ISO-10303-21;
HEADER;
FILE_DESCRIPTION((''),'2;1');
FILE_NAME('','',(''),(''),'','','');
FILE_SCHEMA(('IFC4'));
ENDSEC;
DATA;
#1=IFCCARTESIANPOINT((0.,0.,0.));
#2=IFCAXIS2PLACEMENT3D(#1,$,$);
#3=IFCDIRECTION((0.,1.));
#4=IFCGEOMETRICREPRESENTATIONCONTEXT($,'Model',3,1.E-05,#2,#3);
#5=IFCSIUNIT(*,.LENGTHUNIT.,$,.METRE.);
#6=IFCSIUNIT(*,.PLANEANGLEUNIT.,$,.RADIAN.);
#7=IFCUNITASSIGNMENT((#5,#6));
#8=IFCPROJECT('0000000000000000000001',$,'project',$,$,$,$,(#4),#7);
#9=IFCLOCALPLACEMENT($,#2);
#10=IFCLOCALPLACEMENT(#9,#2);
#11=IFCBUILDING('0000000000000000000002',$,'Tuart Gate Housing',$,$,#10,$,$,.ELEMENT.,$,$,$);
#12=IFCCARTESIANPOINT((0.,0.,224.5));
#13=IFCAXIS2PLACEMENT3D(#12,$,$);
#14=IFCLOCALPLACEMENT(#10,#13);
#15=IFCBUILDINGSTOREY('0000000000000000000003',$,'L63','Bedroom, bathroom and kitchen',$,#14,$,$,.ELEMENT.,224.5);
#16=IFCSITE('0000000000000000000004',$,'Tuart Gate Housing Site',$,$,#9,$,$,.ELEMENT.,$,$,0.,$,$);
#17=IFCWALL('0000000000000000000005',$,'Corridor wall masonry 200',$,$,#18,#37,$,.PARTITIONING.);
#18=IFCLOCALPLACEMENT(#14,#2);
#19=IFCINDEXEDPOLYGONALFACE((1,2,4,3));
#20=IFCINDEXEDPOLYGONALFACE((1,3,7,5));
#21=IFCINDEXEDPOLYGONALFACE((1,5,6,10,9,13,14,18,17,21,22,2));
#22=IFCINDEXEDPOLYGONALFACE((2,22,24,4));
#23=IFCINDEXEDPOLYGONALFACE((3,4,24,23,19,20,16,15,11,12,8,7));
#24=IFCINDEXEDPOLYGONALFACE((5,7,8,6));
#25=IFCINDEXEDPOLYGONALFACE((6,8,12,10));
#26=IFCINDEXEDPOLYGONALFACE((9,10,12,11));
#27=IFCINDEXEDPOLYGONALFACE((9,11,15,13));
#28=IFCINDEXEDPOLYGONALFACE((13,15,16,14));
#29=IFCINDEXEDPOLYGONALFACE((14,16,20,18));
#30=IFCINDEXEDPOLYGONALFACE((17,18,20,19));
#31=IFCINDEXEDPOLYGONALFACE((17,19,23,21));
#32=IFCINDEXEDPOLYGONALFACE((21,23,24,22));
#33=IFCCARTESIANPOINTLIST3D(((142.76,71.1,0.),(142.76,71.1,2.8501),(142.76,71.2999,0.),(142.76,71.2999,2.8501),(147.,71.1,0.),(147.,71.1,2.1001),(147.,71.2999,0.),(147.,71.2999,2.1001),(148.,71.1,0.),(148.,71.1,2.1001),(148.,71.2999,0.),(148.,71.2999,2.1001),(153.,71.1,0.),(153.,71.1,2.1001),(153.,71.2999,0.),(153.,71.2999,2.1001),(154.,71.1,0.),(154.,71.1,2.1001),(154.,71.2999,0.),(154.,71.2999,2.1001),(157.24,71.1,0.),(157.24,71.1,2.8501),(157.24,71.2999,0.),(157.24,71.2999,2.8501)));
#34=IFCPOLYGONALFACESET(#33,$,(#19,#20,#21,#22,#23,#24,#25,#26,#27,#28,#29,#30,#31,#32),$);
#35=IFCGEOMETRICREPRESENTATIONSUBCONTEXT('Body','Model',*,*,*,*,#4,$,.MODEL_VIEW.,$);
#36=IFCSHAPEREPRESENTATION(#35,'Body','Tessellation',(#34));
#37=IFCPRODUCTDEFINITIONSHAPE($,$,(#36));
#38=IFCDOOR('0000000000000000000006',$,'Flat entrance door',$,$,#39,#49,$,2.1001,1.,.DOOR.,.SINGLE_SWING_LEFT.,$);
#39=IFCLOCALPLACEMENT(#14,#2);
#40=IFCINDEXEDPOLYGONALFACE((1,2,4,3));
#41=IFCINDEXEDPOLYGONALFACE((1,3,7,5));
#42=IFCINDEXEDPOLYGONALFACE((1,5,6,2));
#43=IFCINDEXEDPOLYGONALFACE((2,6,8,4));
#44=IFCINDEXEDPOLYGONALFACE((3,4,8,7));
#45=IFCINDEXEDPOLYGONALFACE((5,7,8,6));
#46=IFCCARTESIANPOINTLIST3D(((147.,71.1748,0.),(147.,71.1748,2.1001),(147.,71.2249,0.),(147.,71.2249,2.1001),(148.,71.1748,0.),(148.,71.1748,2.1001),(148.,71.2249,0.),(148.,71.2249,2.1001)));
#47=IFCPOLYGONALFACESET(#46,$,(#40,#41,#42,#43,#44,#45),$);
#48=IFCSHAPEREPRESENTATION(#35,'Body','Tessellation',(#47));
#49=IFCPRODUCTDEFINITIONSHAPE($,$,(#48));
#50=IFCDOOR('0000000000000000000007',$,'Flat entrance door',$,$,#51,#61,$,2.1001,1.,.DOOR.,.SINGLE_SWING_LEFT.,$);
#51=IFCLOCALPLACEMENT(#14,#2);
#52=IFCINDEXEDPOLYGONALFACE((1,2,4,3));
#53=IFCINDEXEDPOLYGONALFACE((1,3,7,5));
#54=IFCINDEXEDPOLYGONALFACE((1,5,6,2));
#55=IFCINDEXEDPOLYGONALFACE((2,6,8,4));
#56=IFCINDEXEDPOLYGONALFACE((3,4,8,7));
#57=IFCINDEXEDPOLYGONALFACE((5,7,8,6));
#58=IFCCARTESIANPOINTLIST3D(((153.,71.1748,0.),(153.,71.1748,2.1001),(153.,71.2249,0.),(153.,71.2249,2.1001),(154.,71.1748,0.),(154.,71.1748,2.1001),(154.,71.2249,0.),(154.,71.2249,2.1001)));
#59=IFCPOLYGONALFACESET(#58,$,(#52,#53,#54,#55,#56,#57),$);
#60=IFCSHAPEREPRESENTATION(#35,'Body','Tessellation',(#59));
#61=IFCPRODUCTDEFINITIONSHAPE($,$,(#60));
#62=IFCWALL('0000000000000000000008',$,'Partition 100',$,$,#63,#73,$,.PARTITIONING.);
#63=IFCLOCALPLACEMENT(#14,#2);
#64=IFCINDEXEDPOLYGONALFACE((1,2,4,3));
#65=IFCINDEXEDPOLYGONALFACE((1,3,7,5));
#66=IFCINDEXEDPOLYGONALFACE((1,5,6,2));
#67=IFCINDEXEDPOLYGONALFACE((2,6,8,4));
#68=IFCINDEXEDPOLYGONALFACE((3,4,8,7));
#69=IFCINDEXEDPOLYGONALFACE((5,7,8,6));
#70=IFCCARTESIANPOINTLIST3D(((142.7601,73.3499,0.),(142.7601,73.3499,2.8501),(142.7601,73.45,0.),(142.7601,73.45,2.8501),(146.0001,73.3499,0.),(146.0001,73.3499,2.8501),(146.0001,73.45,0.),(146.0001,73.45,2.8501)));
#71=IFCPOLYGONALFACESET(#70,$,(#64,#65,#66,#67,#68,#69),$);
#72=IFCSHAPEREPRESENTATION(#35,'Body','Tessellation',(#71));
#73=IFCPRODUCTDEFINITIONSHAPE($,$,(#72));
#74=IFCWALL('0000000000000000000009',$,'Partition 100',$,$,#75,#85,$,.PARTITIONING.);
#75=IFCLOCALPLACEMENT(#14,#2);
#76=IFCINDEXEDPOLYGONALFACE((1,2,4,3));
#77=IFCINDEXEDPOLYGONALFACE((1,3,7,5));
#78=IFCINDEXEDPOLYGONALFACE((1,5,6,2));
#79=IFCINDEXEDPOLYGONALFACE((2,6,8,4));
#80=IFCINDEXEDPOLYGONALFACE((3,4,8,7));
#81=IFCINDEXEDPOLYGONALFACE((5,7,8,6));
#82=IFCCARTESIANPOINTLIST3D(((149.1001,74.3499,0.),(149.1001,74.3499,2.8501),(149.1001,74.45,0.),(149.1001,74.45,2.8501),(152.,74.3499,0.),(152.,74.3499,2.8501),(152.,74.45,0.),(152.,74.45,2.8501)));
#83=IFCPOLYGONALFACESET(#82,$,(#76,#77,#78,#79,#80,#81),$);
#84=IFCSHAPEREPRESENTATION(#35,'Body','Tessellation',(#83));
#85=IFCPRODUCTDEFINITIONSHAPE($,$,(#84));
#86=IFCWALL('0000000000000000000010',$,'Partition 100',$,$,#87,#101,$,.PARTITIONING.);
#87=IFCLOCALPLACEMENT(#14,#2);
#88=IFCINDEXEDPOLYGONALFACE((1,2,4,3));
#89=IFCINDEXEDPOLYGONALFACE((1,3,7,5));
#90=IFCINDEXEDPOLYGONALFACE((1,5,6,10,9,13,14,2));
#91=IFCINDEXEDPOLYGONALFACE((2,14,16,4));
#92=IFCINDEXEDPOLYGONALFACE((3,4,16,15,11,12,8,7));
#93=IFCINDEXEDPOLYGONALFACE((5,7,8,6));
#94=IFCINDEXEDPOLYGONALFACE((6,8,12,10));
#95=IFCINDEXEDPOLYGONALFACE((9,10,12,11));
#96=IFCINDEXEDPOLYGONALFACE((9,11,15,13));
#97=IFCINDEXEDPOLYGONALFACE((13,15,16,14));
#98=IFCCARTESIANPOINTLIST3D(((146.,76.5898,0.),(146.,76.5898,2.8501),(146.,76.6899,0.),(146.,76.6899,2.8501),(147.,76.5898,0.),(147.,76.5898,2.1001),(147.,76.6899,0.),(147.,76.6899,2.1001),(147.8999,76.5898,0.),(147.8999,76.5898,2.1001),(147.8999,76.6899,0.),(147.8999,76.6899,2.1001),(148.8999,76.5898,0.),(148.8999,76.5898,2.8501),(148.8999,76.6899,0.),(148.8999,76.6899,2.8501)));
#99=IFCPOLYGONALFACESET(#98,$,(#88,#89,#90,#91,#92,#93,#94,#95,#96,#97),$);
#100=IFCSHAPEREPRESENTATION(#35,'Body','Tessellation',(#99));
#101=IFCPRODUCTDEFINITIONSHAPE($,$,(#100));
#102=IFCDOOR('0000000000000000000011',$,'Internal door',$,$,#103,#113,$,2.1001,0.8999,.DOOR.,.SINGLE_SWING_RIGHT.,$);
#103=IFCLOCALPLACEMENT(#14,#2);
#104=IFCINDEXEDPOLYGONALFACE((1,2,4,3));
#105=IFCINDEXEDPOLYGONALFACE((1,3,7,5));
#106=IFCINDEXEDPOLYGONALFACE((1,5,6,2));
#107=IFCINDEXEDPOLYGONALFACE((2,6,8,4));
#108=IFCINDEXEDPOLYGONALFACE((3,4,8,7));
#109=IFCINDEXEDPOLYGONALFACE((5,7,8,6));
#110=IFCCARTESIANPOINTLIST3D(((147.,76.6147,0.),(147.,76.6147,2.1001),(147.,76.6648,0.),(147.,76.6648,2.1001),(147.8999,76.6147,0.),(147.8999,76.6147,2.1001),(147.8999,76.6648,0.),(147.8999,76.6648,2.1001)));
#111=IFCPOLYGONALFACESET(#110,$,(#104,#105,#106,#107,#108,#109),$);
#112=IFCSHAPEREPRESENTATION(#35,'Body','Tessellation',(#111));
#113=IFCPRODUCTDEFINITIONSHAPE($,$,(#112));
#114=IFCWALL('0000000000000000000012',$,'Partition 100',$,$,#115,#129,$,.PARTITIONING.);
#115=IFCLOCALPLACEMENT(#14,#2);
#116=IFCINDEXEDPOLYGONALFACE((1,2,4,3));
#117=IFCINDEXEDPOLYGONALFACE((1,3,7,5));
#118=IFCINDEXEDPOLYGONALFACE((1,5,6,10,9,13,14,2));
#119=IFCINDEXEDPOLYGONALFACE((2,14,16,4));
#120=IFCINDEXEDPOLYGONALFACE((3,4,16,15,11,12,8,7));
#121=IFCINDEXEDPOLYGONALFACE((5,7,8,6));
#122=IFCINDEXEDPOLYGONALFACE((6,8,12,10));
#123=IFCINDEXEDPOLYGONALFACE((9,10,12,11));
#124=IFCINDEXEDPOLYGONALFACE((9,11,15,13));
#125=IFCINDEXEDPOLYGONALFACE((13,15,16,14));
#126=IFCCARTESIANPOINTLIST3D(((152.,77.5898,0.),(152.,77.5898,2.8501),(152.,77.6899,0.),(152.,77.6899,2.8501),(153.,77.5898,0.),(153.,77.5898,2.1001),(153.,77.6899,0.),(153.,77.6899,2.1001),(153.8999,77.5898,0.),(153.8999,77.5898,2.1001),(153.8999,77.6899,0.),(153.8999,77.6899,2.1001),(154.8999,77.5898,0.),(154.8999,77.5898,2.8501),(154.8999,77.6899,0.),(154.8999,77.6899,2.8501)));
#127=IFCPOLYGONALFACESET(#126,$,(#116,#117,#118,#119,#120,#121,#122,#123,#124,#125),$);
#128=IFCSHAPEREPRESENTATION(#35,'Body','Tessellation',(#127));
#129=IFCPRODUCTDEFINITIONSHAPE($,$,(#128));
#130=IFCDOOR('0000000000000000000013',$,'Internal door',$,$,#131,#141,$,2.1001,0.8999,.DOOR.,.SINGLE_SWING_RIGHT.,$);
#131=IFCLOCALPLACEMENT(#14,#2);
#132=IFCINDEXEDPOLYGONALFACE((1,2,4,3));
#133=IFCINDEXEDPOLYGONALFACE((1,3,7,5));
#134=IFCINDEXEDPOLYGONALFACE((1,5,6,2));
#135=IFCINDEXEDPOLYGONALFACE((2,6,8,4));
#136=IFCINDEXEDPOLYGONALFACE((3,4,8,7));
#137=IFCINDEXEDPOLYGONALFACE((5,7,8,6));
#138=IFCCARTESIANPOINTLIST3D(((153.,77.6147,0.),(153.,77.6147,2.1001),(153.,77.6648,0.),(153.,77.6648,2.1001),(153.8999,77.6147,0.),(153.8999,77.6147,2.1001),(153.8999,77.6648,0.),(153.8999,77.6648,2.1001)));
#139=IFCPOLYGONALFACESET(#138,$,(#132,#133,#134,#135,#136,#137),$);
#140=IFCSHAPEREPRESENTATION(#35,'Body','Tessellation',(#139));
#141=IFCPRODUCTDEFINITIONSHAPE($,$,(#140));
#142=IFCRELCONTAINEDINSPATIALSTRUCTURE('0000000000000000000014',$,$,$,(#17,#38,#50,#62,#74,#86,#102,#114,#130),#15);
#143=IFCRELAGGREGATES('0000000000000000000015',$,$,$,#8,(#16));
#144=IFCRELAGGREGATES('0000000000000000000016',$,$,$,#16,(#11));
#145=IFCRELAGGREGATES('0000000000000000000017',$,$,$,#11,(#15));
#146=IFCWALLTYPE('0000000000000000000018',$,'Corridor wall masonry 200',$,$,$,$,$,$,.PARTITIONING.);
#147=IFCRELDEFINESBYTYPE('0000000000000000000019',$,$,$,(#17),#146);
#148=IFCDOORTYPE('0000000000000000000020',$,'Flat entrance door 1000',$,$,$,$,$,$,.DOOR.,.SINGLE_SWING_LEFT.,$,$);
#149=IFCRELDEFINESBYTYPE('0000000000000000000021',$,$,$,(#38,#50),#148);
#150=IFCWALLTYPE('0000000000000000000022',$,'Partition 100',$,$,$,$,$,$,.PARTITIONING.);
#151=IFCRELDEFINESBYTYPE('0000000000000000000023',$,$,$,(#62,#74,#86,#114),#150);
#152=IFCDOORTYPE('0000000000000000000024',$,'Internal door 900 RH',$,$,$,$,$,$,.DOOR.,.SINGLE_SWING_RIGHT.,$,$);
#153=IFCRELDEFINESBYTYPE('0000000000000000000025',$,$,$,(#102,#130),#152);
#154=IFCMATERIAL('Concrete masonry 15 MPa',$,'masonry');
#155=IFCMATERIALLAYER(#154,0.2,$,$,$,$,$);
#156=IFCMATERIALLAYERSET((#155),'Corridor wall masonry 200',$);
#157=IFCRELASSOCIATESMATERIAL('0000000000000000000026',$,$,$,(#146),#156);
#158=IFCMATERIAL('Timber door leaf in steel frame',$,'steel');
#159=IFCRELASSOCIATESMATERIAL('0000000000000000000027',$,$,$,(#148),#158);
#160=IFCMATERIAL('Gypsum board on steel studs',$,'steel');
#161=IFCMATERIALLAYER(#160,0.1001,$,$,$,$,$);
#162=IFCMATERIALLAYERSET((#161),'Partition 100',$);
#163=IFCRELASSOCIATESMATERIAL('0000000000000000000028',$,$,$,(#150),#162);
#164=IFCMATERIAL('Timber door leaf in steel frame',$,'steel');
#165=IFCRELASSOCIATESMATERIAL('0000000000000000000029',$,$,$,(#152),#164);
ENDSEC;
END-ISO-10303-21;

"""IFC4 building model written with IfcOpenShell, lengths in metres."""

from ifc_helpers import new_model, si_unit, direction, frame, frame_2d, origin, place, context, subcontext, project, spatial, rectangle, extrude, material, layer, layer_set, type_object, element, fill, save


model = new_model("IFC4")

# Units and contexts
model_context = context("Model", 3, precision=1e-05, world=origin(), true_north=direction((0.0, 1.0)))
body_context = subcontext(model_context, "Body", "Model", "MODEL_VIEW")
ifc_project = project(units=[si_unit("LENGTHUNIT", "METRE"), si_unit("PLANEANGLEUNIT", "RADIAN")], contexts=[model_context])

# Site, building, storey
site_placement = place(None, origin())
site = spatial("IfcSite", under=ifc_project, at=site_placement, Name="Tuart Gate Housing Site", CompositionType="ELEMENT", RefElevation=0.0)
building_placement = place(site_placement, origin())
building = spatial("IfcBuilding", under=site, at=building_placement, Name="Tuart Gate Housing", CompositionType="ELEMENT")
storey_placement = place(building_placement, frame((0.0, 0.0, 224.5)))
storey = spatial("IfcBuildingStorey", under=building, at=storey_placement, Name="L63", Description="Bedroom, bathroom and kitchen", CompositionType="ELEMENT", Elevation=224.5)

# Wall, openings, doors
ifc_material_1 = material(Name="Concrete masonry 15 MPa", Category="masonry")
ifc_layer_1 = layer(ifc_material_1, 0.2)
ifc_layer_set_1 = layer_set([ifc_layer_1], Name="Corridor wall masonry 200")
wall_type_1 = type_object("IfcWallType", Name="Corridor wall masonry 200", PredefinedType="PARTITIONING", material=ifc_layer_set_1)
wall_1_placement = place(storey_placement, frame((142.76, 71.2, 0.0), z_axis=(0.0, 0.0, 1.0), x_axis=(1.0, 0.0, 0.0)))
wall_1 = element("IfcWall", 1, at=wall_1_placement, inside=storey, type_object=wall_type_1, Name="Corridor wall masonry 200", PredefinedType="PARTITIONING", context=body_context, shape_type="SweptSolid", body=[
    extrude(rectangle(XDim=14.48, YDim=0.2, at=frame_2d((7.24, 0.0))), origin(), (0.0, 0.0, 1.0), 2.8501),
])
opening_1_placement = place(wall_1_placement, frame((4.24, 0.0, 0.0)))
opening_1 = element("IfcOpeningElement", 2, at=opening_1_placement, cuts=wall_1, PredefinedType="OPENING", context=body_context, shape_type="SweptSolid", body=[
    extrude(rectangle(XDim=1.0, YDim=2.1001, at=frame_2d((0.5, 1.05))), frame((0.0, 0.1099, 0.0), z_axis=(0.0, -1.0, 0.0), x_axis=(1.0, 0.0, 0.0)), (0.0, 0.0, 1.0), 0.22),
])
opening_2_placement = place(wall_1_placement, frame((10.24, 0.0, 0.0)))
opening_2 = element("IfcOpeningElement", 3, at=opening_2_placement, cuts=wall_1, PredefinedType="OPENING", context=body_context, shape_type="SweptSolid", body=[
    extrude(rectangle(XDim=1.0, YDim=2.1001, at=frame_2d((0.5, 1.05))), frame((0.0, 0.1099, 0.0), z_axis=(0.0, -1.0, 0.0), x_axis=(1.0, 0.0, 0.0)), (0.0, 0.0, 1.0), 0.22),
])
ifc_material_2 = material(Name="Timber door leaf in steel frame", Category="steel")
door_type_1 = type_object("IfcDoorType", Name="Flat entrance door 1000", OperationType="SINGLE_SWING_LEFT", PredefinedType="DOOR", material=ifc_material_2)
door_1_placement = place(opening_1_placement, origin())
door_1 = element("IfcDoor", 4, at=door_1_placement, inside=storey, type_object=door_type_1, Name="Flat entrance door", OperationType="SINGLE_SWING_LEFT", OverallHeight=2.1001, OverallWidth=1.0, PredefinedType="DOOR", context=body_context, shape_type="SweptSolid", body=[
    extrude(rectangle(XDim=1.0, YDim=2.1001, at=frame_2d((0.5, 1.05))), frame((0.0, 0.0249, 0.0), z_axis=(0.0, -1.0, 0.0), x_axis=(1.0, 0.0, 0.0)), (0.0, 0.0, 1.0), 0.05),
])
fill(opening_1, door_1)
door_2_placement = place(opening_2_placement, origin())
door_2 = element("IfcDoor", 5, at=door_2_placement, inside=storey, type_object=door_type_1, Name="Flat entrance door", OperationType="SINGLE_SWING_LEFT", OverallHeight=2.1001, OverallWidth=1.0, PredefinedType="DOOR", context=body_context, shape_type="SweptSolid", body=[
    extrude(rectangle(XDim=1.0, YDim=2.1001, at=frame_2d((0.5, 1.05))), frame((0.0, 0.0249, 0.0), z_axis=(0.0, -1.0, 0.0), x_axis=(1.0, 0.0, 0.0)), (0.0, 0.0, 1.0), 0.05),
])
fill(opening_2, door_2)

# Walls
ifc_material_3 = material(Name="Gypsum board on steel studs", Category="steel")
ifc_layer_2 = layer(ifc_material_3, 0.1001)
ifc_layer_set_2 = layer_set([ifc_layer_2], Name="Partition 100")
wall_type_2 = type_object("IfcWallType", Name="Partition 100", PredefinedType="PARTITIONING", material=ifc_layer_set_2)
wall_2_placement = place(storey_placement, frame((142.76, 73.3999, 0.0), z_axis=(0.0, 0.0, 1.0), x_axis=(1.0, 0.0, 0.0)))
element("IfcWall", 6, at=wall_2_placement, inside=storey, type_object=wall_type_2, Name="Partition 100", PredefinedType="PARTITIONING", context=body_context, shape_type="SweptSolid", body=[
    extrude(rectangle(XDim=3.24, YDim=0.1001, at=frame_2d((1.6201, 0.0))), origin(), (0.0, 0.0, 1.0), 2.8501),
])
wall_3_placement = place(storey_placement, frame((149.1001, 74.3999, 0.0), z_axis=(0.0, 0.0, 1.0), x_axis=(1.0, 0.0, 0.0)))
element("IfcWall", 7, at=wall_3_placement, inside=storey, type_object=wall_type_2, Name="Partition 100", PredefinedType="PARTITIONING", context=body_context, shape_type="SweptSolid", body=[
    extrude(rectangle(XDim=2.8999, YDim=0.1001, at=frame_2d((1.45, 0.0))), origin(), (0.0, 0.0, 1.0), 2.8501),
])

# Walls, openings, doors
wall_4_placement = place(storey_placement, frame((146.0, 76.6399, 0.0), z_axis=(0.0, 0.0, 1.0), x_axis=(1.0, 0.0, 0.0)))
wall_4 = element("IfcWall", 8, at=wall_4_placement, inside=storey, type_object=wall_type_2, Name="Partition 100", PredefinedType="PARTITIONING", context=body_context, shape_type="SweptSolid", body=[
    extrude(rectangle(XDim=2.8999, YDim=0.1001, at=frame_2d((1.45, 0.0))), origin(), (0.0, 0.0, 1.0), 2.8501),
])
opening_3_placement = place(wall_4_placement, frame((1.0, 0.0, 0.0)))
opening_3 = element("IfcOpeningElement", 9, at=opening_3_placement, cuts=wall_4, PredefinedType="OPENING", context=body_context, shape_type="SweptSolid", body=[
    extrude(rectangle(XDim=0.8999, YDim=2.1001, at=frame_2d((0.45, 1.05))), frame((0.0, 0.0601, 0.0), z_axis=(0.0, -1.0, 0.0), x_axis=(1.0, 0.0, 0.0)), (0.0, 0.0, 1.0), 0.1201),
])
ifc_material_4 = material(Name="Timber door leaf in steel frame", Category="steel")
door_type_2 = type_object("IfcDoorType", Name="Internal door 900 RH", OperationType="SINGLE_SWING_RIGHT", PredefinedType="DOOR", material=ifc_material_4)
door_3_placement = place(opening_3_placement, frame((0.8999, 0.0, 0.0), z_axis=(0.0, 0.0, 1.0), x_axis=(-1.0, 0.0, 0.0)))
door_3 = element("IfcDoor", 10, at=door_3_placement, inside=storey, type_object=door_type_2, Name="Internal door", OperationType="SINGLE_SWING_RIGHT", OverallHeight=2.1001, OverallWidth=0.8999, PredefinedType="DOOR", context=body_context, shape_type="SweptSolid", body=[
    extrude(rectangle(XDim=0.8999, YDim=2.1001, at=frame_2d((0.45, 1.05))), frame((0.0, 0.0251, 0.0), z_axis=(0.0, -1.0, 0.0), x_axis=(1.0, 0.0, 0.0)), (0.0, 0.0, 1.0), 0.05),
])
fill(opening_3, door_3)
wall_5_placement = place(storey_placement, frame((152.0, 77.6399, 0.0), z_axis=(0.0, 0.0, 1.0), x_axis=(1.0, 0.0, 0.0)))
wall_5 = element("IfcWall", 11, at=wall_5_placement, inside=storey, type_object=wall_type_2, Name="Partition 100", PredefinedType="PARTITIONING", context=body_context, shape_type="SweptSolid", body=[
    extrude(rectangle(XDim=2.8999, YDim=0.1001, at=frame_2d((1.45, 0.0))), origin(), (0.0, 0.0, 1.0), 2.8501),
])
opening_4_placement = place(wall_5_placement, frame((1.0, 0.0, 0.0)))
opening_4 = element("IfcOpeningElement", 12, at=opening_4_placement, cuts=wall_5, PredefinedType="OPENING", context=body_context, shape_type="SweptSolid", body=[
    extrude(rectangle(XDim=0.8999, YDim=2.1001, at=frame_2d((0.45, 1.05))), frame((0.0, 0.0601, 0.0), z_axis=(0.0, -1.0, 0.0), x_axis=(1.0, 0.0, 0.0)), (0.0, 0.0, 1.0), 0.1201),
])
door_4_placement = place(opening_4_placement, frame((0.8999, 0.0, 0.0), z_axis=(0.0, 0.0, 1.0), x_axis=(-1.0, 0.0, 0.0)))
door_4 = element("IfcDoor", 13, at=door_4_placement, inside=storey, type_object=door_type_2, Name="Internal door", OperationType="SINGLE_SWING_RIGHT", OverallHeight=2.1001, OverallWidth=0.8999, PredefinedType="DOOR", context=body_context, shape_type="SweptSolid", body=[
    extrude(rectangle(XDim=0.8999, YDim=2.1001, at=frame_2d((0.45, 1.05))), frame((0.0, 0.0251, 0.0), z_axis=(0.0, -1.0, 0.0), x_axis=(1.0, 0.0, 0.0)), (0.0, 0.0, 1.0), 0.05),
])
fill(opening_4, door_4)

save(model, "model.ifc")
